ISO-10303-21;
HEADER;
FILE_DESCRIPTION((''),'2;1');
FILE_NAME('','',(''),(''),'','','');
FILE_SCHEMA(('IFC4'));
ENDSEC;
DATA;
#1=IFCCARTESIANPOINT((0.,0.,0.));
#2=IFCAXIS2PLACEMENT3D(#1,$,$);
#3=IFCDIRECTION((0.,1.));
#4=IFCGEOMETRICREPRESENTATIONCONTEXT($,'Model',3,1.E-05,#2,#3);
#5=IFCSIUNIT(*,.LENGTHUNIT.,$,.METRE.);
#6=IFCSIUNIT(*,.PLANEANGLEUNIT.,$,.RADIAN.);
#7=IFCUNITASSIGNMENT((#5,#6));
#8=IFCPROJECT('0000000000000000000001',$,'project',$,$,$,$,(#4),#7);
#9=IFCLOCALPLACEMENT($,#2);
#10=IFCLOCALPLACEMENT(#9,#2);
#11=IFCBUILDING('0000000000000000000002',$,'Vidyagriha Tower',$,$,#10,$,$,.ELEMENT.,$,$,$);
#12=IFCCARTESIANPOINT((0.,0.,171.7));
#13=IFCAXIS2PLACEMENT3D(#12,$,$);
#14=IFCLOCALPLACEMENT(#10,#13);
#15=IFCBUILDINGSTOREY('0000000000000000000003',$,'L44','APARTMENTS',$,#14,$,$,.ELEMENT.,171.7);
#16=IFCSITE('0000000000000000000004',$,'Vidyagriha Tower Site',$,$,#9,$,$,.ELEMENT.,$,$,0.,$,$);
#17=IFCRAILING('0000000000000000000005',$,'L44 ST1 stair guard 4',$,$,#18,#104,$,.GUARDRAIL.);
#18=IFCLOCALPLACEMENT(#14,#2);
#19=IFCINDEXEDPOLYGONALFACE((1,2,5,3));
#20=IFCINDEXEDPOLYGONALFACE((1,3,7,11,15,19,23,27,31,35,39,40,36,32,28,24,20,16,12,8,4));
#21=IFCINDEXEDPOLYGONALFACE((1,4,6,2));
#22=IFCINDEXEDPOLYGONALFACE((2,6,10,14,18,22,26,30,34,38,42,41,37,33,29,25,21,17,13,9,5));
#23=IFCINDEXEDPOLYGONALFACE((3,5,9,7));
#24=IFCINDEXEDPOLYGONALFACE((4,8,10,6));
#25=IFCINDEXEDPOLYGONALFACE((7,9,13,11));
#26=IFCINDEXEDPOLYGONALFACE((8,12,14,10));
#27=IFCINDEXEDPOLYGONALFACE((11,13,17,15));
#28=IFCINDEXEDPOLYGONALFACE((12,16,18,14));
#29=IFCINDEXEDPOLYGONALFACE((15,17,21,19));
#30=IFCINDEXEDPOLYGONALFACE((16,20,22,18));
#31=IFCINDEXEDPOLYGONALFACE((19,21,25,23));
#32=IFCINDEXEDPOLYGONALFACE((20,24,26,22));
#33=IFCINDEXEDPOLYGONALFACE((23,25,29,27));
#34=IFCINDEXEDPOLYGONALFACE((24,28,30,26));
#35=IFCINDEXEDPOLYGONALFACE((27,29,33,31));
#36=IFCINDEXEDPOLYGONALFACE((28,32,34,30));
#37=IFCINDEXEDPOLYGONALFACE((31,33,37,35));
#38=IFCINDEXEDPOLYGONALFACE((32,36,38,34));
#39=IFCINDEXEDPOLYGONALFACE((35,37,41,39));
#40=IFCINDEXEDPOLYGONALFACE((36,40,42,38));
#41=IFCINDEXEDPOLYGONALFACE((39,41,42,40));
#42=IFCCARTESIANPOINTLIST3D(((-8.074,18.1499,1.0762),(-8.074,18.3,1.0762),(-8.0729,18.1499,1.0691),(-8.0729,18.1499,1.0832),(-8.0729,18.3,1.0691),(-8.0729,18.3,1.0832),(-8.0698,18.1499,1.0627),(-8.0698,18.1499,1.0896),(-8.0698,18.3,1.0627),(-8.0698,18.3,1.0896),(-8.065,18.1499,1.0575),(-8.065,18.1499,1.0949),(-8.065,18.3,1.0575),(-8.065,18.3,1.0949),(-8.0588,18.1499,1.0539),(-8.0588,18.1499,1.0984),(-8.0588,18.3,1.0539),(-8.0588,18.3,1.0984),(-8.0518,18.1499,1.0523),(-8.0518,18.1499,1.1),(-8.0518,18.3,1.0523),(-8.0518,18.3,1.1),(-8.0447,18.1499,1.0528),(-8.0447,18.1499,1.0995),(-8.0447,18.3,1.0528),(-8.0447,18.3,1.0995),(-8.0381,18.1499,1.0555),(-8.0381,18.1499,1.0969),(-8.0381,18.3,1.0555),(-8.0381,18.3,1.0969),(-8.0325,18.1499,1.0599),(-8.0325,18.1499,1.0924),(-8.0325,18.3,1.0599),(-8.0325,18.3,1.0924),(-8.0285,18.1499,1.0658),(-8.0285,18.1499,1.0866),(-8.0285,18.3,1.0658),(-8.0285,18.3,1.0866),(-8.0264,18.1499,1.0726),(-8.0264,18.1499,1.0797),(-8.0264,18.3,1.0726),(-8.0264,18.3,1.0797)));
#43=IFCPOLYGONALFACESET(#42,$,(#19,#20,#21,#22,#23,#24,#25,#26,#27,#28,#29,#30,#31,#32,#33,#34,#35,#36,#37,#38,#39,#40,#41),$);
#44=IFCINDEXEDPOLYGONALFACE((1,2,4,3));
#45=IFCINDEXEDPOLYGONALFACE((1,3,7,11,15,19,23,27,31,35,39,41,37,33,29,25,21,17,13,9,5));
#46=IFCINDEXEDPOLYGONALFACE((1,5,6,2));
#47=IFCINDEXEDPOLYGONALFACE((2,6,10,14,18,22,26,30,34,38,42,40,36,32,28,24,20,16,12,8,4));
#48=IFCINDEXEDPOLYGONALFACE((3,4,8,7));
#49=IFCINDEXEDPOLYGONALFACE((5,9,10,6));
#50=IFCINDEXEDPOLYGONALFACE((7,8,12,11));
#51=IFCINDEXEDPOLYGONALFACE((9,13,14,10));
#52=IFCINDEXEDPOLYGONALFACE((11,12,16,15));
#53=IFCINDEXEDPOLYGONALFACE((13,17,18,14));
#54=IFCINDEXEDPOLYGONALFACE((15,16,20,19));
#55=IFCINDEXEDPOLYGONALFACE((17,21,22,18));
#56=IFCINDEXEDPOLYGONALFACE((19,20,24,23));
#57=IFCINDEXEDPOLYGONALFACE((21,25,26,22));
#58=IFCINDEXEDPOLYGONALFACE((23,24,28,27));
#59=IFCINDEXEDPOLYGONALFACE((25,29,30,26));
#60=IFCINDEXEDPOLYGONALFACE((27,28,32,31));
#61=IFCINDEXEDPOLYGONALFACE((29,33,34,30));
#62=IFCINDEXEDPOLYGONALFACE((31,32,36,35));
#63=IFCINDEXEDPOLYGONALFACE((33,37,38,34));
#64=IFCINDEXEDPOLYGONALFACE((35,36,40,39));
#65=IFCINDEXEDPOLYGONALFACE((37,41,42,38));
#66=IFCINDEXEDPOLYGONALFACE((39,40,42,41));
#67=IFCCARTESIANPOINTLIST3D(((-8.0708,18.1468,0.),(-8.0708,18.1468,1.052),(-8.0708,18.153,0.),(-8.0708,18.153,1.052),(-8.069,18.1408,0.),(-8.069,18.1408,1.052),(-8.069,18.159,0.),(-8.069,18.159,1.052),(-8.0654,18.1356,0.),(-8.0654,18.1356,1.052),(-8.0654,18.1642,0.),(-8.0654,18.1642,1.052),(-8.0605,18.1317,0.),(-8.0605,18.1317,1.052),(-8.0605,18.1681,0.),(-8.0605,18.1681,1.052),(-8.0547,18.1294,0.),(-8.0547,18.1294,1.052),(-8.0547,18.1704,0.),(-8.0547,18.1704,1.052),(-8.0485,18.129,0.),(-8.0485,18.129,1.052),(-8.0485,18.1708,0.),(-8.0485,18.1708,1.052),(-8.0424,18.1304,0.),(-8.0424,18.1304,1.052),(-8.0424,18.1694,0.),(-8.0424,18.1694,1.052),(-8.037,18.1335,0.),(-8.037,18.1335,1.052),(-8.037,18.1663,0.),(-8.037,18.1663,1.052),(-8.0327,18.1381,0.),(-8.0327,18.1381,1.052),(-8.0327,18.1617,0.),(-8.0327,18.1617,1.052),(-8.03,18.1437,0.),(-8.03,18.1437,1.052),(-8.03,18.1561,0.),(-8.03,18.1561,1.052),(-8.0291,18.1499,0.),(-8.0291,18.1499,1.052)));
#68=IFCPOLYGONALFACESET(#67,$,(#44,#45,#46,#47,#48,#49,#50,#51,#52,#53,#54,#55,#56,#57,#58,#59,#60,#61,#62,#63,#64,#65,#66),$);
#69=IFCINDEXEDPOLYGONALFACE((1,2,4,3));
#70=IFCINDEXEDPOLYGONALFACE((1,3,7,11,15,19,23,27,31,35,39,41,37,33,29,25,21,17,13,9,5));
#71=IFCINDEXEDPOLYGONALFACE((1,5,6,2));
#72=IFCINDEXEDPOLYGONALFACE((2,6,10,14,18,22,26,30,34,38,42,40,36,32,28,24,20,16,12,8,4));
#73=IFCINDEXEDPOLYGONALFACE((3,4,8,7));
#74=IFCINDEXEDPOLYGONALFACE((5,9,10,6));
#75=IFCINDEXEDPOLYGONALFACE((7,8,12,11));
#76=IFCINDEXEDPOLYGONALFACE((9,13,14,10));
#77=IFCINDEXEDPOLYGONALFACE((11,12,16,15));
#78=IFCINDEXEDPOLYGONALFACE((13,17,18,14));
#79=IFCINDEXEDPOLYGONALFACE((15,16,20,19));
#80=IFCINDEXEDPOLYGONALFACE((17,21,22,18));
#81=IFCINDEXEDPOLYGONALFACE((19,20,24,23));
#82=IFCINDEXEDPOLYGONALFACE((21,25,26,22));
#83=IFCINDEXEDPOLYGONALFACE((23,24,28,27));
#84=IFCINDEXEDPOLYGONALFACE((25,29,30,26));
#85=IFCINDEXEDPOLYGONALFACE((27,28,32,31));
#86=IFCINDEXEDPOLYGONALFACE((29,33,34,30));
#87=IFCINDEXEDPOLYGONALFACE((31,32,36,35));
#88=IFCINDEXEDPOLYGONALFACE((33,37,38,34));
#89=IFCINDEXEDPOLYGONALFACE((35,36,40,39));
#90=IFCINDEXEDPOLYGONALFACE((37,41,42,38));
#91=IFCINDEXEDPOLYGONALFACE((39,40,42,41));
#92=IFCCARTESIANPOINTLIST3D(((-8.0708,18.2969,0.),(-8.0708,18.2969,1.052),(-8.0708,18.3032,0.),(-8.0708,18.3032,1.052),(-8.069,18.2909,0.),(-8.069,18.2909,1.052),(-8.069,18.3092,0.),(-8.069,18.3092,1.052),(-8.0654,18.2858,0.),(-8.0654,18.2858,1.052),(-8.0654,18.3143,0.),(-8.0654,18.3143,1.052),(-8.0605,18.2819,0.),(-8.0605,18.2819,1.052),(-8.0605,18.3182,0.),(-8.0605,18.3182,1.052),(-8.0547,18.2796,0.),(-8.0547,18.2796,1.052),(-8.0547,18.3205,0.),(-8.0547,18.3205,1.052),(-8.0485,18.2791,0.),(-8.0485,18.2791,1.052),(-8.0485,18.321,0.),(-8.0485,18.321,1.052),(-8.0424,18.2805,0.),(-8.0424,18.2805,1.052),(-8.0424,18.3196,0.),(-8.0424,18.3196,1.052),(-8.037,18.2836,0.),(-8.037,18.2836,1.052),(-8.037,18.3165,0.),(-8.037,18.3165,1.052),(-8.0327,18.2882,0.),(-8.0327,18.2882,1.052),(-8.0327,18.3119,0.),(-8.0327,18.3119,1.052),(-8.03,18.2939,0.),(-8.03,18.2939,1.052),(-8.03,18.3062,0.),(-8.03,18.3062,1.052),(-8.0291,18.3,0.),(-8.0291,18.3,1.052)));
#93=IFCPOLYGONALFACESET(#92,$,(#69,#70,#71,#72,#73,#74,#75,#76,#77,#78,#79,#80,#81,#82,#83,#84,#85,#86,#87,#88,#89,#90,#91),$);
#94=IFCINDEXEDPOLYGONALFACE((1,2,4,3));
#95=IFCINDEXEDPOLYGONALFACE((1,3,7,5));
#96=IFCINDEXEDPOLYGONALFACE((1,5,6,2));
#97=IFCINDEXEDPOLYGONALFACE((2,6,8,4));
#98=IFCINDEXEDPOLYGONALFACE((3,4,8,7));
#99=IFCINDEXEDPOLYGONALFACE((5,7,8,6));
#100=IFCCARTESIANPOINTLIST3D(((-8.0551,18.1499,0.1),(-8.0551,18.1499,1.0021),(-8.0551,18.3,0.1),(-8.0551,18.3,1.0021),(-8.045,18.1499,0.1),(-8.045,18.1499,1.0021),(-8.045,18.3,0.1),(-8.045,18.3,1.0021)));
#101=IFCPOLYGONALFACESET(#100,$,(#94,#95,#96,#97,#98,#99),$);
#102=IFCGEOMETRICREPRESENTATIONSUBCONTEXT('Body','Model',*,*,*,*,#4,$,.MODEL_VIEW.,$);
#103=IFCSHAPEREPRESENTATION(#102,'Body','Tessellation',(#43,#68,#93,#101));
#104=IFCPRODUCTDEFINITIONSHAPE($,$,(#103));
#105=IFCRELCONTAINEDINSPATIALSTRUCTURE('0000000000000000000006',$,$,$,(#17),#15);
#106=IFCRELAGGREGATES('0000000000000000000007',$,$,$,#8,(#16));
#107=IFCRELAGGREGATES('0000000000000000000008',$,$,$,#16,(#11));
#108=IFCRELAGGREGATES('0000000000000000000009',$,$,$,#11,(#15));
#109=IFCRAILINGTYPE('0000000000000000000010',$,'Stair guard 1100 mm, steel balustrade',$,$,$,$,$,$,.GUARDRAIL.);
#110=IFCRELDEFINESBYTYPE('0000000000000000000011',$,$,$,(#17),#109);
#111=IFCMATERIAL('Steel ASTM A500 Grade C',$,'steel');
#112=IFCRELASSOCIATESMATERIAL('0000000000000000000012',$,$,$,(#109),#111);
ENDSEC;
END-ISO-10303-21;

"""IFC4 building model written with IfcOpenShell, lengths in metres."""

from ifc_helpers import new_model, si_unit, direction, frame, origin, origin_2d, place, context, subcontext, project, spatial, rectangle, circle, extrude, material, type_object, element, save


model = new_model("IFC4")

# Units and contexts
model_context = context("Model", 3, precision=1e-05, world=origin(), true_north=direction((0.0, 1.0)))
body_context = subcontext(model_context, "Body", "Model", "MODEL_VIEW")
ifc_project = project(units=[si_unit("LENGTHUNIT", "METRE"), si_unit("PLANEANGLEUNIT", "RADIAN")], contexts=[model_context])

# Site, building, storey
site_placement = place(None, origin())
site = spatial("IfcSite", under=ifc_project, at=site_placement, Name="Vidyagriha Tower Site", CompositionType="ELEMENT", RefElevation=0.0)
building_placement = place(site_placement, origin())
building = spatial("IfcBuilding", under=site, at=building_placement, Name="Vidyagriha Tower", CompositionType="ELEMENT")
storey_placement = place(building_placement, frame((0.0, 0.0, 171.7)))
storey = spatial("IfcBuildingStorey", under=building, at=storey_placement, Name="L44", Description="APARTMENTS", CompositionType="ELEMENT", Elevation=171.7)

# Railing
ifc_material_1 = material(Name="Steel ASTM A500 Grade C", Category="steel")
railing_type_1 = type_object("IfcRailingType", Name="Stair guard 1100 mm, steel balustrade", PredefinedType="GUARDRAIL", material=ifc_material_1)
railing_1_placement = place(storey_placement, frame((-8.05, 18.1499, 0.0)))
element("IfcRailing", 1, at=railing_1_placement, inside=storey, type_object=railing_type_1, Name="L44 ST1 stair guard 4", PredefinedType="GUARDRAIL", context=body_context, shape_type="SweptSolid", body=[
    extrude(circle(Radius=0.0239, at=origin_2d()), frame((0.0, 0.0, 1.0762), z_axis=(0.0, 1.0, 0.0), x_axis=(-1.0, 0.0, 0.0)), (0.0, 0.0, 1.0), 0.1501),
    extrude(circle(Radius=0.021, at=origin_2d()), origin(), (0.0, 0.0, 1.0), 1.052),
    extrude(circle(Radius=0.021, at=origin_2d()), frame((0.0, 0.1501, 0.0)), (0.0, 0.0, 1.0), 1.052),
    extrude(rectangle(XDim=0.01, YDim=0.9021, at=origin_2d()), frame((0.0, 0.0, 0.551), z_axis=(0.0, 1.0, 0.0), x_axis=(-1.0, 0.0, 0.0)), (0.0, 0.0, 1.0), 0.1501),
])

save(model, "model.ifc")
